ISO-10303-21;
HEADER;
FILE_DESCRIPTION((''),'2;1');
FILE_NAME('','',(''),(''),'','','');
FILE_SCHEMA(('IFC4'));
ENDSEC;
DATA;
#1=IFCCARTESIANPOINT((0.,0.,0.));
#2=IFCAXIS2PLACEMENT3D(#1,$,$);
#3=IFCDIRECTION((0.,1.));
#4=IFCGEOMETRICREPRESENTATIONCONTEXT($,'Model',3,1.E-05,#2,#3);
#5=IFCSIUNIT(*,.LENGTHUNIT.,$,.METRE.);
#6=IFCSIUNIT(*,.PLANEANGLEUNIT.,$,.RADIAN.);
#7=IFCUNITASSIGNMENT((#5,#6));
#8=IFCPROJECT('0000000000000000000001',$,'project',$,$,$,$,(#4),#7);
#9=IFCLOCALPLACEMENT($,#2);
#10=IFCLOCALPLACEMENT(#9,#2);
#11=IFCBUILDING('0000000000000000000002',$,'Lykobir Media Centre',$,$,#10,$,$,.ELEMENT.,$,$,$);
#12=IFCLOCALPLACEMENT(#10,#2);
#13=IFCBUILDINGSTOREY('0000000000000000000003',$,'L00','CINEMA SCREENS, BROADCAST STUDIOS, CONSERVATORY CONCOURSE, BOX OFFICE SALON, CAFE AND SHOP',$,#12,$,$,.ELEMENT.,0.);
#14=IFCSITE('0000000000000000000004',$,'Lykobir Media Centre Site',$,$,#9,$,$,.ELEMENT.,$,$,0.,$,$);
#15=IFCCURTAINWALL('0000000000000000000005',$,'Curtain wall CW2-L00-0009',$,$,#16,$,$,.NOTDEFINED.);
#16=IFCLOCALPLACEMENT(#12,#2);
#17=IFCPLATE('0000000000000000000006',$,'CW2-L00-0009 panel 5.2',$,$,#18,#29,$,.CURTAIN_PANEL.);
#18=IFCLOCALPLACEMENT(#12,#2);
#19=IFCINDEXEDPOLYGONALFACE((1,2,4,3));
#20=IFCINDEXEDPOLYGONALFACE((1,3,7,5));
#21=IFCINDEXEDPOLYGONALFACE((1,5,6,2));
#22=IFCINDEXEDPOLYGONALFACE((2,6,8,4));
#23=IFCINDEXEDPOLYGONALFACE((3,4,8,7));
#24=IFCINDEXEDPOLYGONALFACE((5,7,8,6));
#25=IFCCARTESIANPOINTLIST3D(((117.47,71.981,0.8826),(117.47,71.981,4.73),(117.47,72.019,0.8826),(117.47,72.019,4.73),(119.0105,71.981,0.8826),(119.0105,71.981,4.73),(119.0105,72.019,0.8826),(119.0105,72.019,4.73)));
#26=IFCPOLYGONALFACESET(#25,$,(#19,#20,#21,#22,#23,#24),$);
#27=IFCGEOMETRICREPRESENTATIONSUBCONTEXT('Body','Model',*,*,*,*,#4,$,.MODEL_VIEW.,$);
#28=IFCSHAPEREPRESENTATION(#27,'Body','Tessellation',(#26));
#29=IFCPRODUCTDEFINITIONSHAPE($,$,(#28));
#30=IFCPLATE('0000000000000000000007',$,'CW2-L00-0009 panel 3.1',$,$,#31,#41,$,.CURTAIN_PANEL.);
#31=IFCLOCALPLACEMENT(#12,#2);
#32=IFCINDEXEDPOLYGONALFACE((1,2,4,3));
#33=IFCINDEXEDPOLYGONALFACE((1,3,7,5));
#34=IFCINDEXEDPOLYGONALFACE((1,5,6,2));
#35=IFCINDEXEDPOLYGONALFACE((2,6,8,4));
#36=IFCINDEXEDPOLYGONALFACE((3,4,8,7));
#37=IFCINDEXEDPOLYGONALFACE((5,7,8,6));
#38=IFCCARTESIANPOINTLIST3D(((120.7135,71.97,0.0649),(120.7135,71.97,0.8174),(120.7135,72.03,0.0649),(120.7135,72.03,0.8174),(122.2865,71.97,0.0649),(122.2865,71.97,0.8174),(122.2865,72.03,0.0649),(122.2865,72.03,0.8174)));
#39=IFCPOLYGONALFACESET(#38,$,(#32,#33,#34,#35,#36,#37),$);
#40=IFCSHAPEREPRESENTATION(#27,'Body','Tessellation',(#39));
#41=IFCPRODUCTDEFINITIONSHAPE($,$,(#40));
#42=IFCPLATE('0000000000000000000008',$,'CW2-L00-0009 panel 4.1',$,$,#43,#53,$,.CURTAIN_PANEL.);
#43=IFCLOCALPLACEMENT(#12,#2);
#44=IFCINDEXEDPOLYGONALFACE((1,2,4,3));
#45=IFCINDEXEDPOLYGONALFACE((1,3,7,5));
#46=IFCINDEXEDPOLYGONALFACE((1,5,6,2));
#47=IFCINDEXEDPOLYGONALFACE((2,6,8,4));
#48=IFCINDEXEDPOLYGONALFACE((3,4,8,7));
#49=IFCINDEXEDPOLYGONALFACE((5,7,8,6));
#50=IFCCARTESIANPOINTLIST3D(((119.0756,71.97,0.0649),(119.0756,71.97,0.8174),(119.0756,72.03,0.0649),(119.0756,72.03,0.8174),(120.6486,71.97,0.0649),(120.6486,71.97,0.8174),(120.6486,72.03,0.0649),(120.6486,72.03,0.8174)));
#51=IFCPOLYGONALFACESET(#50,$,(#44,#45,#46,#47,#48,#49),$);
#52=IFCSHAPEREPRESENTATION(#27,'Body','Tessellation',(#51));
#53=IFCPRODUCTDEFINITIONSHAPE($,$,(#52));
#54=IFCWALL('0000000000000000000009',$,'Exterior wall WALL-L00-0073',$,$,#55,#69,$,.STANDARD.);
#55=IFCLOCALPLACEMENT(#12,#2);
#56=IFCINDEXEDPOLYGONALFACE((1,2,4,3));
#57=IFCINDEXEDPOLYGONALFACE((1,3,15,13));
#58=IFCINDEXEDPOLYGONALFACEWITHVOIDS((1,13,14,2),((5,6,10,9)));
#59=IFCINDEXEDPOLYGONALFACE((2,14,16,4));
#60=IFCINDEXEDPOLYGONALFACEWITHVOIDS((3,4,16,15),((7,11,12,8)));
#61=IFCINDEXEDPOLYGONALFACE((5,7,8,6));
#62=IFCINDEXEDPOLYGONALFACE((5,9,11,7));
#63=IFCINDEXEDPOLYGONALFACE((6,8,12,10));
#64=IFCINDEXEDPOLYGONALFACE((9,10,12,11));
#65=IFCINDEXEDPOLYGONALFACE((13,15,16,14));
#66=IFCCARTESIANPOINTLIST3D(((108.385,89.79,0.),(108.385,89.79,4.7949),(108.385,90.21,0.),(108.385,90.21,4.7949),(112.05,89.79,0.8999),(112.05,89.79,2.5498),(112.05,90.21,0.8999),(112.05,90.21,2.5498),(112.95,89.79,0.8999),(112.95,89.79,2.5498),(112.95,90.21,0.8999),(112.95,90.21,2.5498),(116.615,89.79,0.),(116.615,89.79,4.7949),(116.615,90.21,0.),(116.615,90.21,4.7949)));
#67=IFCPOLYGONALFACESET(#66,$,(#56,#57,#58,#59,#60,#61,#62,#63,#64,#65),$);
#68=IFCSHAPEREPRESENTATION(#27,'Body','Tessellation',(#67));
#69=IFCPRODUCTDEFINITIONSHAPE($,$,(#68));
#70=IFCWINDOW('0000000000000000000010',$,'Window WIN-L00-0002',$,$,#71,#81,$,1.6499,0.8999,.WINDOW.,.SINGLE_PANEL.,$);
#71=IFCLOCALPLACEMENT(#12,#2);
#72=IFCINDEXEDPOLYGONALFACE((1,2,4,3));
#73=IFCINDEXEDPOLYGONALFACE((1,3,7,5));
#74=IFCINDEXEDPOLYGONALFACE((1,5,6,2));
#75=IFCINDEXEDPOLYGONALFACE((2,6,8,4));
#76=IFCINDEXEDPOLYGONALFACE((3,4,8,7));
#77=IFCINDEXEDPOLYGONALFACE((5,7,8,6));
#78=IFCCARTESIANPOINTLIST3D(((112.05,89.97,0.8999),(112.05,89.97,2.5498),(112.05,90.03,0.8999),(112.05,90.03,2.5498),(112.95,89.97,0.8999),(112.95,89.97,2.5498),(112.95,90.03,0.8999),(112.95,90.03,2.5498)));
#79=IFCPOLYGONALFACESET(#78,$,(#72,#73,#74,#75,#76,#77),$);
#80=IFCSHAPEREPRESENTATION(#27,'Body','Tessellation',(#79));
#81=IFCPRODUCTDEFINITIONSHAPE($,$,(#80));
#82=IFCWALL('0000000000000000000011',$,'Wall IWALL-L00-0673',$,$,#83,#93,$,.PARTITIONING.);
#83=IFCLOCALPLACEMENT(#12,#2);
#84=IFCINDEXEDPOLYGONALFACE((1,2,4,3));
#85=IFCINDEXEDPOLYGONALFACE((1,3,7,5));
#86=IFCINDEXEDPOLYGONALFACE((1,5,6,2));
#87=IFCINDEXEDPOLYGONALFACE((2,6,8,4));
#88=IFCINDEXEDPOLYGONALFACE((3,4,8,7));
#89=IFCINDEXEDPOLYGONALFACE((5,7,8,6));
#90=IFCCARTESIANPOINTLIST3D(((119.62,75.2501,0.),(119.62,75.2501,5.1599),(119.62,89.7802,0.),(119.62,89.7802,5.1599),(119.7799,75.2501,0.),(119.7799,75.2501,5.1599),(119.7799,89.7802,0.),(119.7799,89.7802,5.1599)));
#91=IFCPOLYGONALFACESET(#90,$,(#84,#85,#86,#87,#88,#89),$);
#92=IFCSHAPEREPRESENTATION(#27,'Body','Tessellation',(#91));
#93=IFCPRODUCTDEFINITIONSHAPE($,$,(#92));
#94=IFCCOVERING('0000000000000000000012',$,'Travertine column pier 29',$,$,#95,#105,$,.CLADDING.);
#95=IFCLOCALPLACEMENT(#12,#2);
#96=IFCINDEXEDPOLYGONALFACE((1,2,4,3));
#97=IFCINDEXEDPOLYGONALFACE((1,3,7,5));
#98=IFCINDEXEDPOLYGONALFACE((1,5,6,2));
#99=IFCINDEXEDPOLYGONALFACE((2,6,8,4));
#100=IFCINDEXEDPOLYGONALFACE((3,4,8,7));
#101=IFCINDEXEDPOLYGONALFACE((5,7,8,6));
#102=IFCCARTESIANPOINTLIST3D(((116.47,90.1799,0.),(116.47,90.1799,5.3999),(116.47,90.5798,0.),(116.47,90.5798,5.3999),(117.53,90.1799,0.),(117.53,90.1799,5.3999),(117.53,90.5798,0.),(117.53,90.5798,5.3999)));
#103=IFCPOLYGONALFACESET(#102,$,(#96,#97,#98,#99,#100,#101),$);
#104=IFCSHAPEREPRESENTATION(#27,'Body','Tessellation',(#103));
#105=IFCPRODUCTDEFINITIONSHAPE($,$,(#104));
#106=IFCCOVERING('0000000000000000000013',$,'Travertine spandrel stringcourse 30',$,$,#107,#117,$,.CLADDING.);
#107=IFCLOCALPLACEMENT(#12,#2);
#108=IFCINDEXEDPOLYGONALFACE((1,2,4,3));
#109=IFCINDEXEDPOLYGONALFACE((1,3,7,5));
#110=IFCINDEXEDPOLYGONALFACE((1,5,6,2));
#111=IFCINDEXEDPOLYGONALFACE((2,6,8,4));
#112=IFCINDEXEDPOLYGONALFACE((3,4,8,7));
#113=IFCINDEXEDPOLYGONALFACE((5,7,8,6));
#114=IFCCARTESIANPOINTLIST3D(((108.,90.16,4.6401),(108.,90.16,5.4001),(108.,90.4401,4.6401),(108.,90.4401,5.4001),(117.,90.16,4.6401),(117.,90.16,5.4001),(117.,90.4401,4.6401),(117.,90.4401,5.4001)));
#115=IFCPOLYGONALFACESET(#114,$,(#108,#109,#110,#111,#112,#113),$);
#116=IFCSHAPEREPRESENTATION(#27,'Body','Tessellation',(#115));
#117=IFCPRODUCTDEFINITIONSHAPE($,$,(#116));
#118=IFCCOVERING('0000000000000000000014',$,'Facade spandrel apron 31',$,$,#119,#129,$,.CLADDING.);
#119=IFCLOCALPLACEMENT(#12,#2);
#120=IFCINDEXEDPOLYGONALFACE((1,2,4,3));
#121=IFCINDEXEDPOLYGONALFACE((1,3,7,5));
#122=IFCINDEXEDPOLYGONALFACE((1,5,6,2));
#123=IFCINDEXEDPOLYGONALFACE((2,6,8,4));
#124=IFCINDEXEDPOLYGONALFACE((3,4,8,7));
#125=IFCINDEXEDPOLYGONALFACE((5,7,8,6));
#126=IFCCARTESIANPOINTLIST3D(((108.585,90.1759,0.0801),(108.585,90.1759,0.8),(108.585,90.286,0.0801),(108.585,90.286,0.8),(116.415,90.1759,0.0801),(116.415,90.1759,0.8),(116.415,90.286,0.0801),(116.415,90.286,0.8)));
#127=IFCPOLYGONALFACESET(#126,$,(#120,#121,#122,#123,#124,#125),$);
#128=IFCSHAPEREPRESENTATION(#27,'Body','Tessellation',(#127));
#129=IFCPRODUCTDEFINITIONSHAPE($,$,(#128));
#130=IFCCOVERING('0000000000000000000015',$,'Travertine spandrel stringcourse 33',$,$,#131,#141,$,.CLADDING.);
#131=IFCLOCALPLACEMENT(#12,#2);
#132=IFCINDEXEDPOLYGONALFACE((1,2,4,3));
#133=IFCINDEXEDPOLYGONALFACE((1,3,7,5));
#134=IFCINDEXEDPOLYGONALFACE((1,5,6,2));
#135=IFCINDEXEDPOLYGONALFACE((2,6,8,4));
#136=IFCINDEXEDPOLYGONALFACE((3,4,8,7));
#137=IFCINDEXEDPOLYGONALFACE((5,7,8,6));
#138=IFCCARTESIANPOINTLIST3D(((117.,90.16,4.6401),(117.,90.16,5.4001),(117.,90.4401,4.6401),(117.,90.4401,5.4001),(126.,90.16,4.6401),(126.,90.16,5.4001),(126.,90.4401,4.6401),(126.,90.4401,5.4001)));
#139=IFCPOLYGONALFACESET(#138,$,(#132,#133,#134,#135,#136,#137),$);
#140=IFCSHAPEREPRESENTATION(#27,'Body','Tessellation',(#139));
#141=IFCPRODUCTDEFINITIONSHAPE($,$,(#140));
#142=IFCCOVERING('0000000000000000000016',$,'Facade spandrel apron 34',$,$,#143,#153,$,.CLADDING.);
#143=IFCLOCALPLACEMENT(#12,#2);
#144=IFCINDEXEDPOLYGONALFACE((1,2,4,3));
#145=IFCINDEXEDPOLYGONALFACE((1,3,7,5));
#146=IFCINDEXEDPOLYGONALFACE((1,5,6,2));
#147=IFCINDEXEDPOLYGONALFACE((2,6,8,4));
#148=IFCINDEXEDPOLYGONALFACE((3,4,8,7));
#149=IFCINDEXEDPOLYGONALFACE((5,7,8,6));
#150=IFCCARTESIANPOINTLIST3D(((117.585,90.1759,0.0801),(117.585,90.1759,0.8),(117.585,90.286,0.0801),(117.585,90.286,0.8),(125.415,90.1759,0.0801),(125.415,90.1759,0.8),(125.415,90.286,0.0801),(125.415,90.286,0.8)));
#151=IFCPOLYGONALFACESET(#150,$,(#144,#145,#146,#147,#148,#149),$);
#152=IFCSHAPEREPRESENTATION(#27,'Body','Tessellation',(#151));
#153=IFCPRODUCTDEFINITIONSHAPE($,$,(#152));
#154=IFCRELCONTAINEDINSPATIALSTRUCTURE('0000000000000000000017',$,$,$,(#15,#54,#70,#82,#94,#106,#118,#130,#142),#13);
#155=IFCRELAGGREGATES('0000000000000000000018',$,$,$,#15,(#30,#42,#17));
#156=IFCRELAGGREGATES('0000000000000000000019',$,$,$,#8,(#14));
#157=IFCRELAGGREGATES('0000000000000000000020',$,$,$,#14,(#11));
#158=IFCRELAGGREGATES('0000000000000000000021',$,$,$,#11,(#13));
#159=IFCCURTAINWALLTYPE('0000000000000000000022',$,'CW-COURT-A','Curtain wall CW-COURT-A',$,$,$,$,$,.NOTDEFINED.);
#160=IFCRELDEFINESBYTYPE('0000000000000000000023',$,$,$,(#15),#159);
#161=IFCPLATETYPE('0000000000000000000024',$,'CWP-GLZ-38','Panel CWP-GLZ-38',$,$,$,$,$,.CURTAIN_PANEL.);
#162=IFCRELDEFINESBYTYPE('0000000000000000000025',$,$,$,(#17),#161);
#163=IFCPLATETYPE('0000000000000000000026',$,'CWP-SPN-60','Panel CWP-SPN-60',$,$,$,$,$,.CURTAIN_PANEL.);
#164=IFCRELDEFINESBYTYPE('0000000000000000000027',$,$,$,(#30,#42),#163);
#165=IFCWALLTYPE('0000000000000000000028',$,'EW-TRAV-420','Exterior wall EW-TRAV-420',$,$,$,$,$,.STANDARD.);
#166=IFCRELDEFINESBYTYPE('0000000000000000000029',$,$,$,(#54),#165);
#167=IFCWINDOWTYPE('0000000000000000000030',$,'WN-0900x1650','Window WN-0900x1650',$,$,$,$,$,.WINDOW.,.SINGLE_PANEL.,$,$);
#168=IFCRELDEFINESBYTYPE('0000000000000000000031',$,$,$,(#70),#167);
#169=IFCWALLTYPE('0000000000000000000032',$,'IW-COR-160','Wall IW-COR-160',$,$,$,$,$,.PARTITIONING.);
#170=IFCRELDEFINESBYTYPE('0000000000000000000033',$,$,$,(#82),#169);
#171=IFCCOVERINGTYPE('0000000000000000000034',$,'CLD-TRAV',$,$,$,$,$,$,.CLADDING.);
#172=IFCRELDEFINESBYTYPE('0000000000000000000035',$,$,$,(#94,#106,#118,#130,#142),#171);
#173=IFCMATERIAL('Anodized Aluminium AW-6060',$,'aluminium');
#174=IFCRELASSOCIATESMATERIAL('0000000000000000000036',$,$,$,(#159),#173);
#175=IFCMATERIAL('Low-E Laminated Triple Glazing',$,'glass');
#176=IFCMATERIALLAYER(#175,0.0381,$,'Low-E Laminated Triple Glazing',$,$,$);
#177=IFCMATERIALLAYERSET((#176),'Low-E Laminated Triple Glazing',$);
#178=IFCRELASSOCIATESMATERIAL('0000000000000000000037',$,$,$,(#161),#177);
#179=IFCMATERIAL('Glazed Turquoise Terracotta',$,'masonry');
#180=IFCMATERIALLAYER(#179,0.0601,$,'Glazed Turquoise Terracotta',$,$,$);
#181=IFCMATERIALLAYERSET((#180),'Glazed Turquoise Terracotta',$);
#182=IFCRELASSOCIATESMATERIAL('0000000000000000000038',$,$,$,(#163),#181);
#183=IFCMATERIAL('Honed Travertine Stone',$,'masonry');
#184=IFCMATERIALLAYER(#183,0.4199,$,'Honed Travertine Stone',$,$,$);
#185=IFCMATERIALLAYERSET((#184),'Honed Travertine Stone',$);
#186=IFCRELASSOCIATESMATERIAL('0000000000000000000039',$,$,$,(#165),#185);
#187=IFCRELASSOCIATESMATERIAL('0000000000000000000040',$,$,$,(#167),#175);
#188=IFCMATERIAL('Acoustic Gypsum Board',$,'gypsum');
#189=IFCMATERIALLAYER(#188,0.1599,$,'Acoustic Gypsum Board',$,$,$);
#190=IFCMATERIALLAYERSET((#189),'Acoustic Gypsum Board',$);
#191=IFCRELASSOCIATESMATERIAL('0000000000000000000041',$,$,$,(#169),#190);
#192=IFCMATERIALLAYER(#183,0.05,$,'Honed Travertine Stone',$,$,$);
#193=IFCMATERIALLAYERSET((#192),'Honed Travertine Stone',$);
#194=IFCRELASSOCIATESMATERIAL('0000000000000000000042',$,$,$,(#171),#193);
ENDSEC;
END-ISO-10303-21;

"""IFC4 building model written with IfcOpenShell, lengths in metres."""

from ifc_helpers import new_model, si_unit, direction, frame, frame_2d, origin, origin_2d, place, context, subcontext, project, spatial, rectangle, extrude, material, layer, layer_set, type_object, element, fill, aggregate, save


model = new_model("IFC4")

# Units and contexts
model_context = context("Model", 3, precision=1e-05, world=origin(), true_north=direction((0.0, 1.0)))
body_context = subcontext(model_context, "Body", "Model", "MODEL_VIEW")
ifc_project = project(units=[si_unit("LENGTHUNIT", "METRE"), si_unit("PLANEANGLEUNIT", "RADIAN")], contexts=[model_context])

# Site, building, storey
site_placement = place(None, origin())
site = spatial("IfcSite", under=ifc_project, at=site_placement, Name="Lykobir Media Centre Site", CompositionType="ELEMENT", RefElevation=0.0)
building_placement = place(site_placement, origin())
building = spatial("IfcBuilding", under=site, at=building_placement, Name="Lykobir Media Centre", CompositionType="ELEMENT")
storey_placement = place(building_placement, origin())
storey = spatial("IfcBuildingStorey", under=building, at=storey_placement, Name="L00", Description="CINEMA SCREENS, BROADCAST STUDIOS, CONSERVATORY CONCOURSE, BOX OFFICE SALON, CAFE AND SHOP", CompositionType="ELEMENT", Elevation=0.0)

# Curtain wall
ifc_material_1 = material(Name="Anodized Aluminium AW-6060", Category="aluminium")
curtain_wall_type = type_object("IfcCurtainWallType", Name="CW-COURT-A", Description="Curtain wall CW-COURT-A", PredefinedType="NOTDEFINED", material=ifc_material_1)
curtain_wall_placement = place(storey_placement, origin())
curtain_wall = element("IfcCurtainWall", 1, at=curtain_wall_placement, inside=storey, type_object=curtain_wall_type, Name="Curtain wall CW2-L00-0009", PredefinedType="NOTDEFINED")

# Plates
ifc_material_2 = material(Name="Low-E Laminated Triple Glazing", Category="glass")
ifc_layer_1 = layer(ifc_material_2, 0.0381, Name="Low-E Laminated Triple Glazing")
ifc_layer_set_1 = layer_set([ifc_layer_1], Name="Low-E Laminated Triple Glazing")
plate_type_1 = type_object("IfcPlateType", Name="CWP-GLZ-38", Description="Panel CWP-GLZ-38", PredefinedType="CURTAIN_PANEL", material=ifc_layer_set_1)
plate_1_placement = place(storey_placement, frame((118.2402, 72.0, 0.8826), z_axis=(0.0, 0.0, 1.0), x_axis=(-1.0, 0.0, 0.0)))
plate_1 = element("IfcPlate", 2, at=plate_1_placement, type_object=plate_type_1, Name="CW2-L00-0009 panel 5.2", PredefinedType="CURTAIN_PANEL", context=body_context, shape_type="SweptSolid", body=[
    extrude(rectangle(XDim=1.5405, YDim=0.0381, at=origin_2d()), origin(), (0.0, 0.0, 1.0), 3.8474),
])
ifc_material_3 = material(Name="Glazed Turquoise Terracotta", Category="masonry")
ifc_layer_2 = layer(ifc_material_3, 0.0601, Name="Glazed Turquoise Terracotta")
ifc_layer_set_2 = layer_set([ifc_layer_2], Name="Glazed Turquoise Terracotta")
plate_type_2 = type_object("IfcPlateType", Name="CWP-SPN-60", Description="Panel CWP-SPN-60", PredefinedType="CURTAIN_PANEL", material=ifc_layer_set_2)
plate_2_placement = place(storey_placement, frame((121.5, 72.0, 0.0649), z_axis=(0.0, 0.0, 1.0), x_axis=(-1.0, 0.0, 0.0)))
plate_2 = element("IfcPlate", 3, at=plate_2_placement, type_object=plate_type_2, Name="CW2-L00-0009 panel 3.1", PredefinedType="CURTAIN_PANEL", context=body_context, shape_type="SweptSolid", body=[
    extrude(rectangle(XDim=1.573, YDim=0.0601, at=origin_2d()), origin(), (0.0, 0.0, 1.0), 0.7524),
])
plate_3_placement = place(storey_placement, frame((119.8621, 72.0, 0.0649), z_axis=(0.0, 0.0, 1.0), x_axis=(-1.0, 0.0, 0.0)))
plate_3 = element("IfcPlate", 4, at=plate_3_placement, type_object=plate_type_2, Name="CW2-L00-0009 panel 4.1", PredefinedType="CURTAIN_PANEL", context=body_context, shape_type="SweptSolid", body=[
    extrude(rectangle(XDim=1.573, YDim=0.0601, at=origin_2d()), origin(), (0.0, 0.0, 1.0), 0.7524),
])
aggregate(curtain_wall, [plate_2, plate_3, plate_1])

# Wall, opening, window
ifc_material_4 = material(Name="Honed Travertine Stone", Category="masonry")
ifc_layer_3 = layer(ifc_material_4, 0.4199, Name="Honed Travertine Stone")
ifc_layer_set_3 = layer_set([ifc_layer_3], Name="Honed Travertine Stone")
wall_type_1 = type_object("IfcWallType", Name="EW-TRAV-420", Description="Exterior wall EW-TRAV-420", PredefinedType="STANDARD", material=ifc_layer_set_3)
wall_1_placement = place(storey_placement, frame((116.615, 90.0, 0.0), z_axis=(0.0, 0.0, 1.0), x_axis=(-1.0, 0.0, 0.0)))
wall_1 = element("IfcWall", 5, at=wall_1_placement, inside=storey, type_object=wall_type_1, Name="Exterior wall WALL-L00-0073", PredefinedType="STANDARD", context=body_context, shape_type="SweptSolid", body=[
    extrude(rectangle(XDim=8.23, YDim=0.4199, at=frame_2d((4.115, 0.0))), origin(), (0.0, 0.0, 1.0), 4.7949),
])
opening_placement = place(wall_1_placement, frame((3.665, 0.0, 0.8999)))
opening = element("IfcOpeningElement", 6, at=opening_placement, cuts=wall_1, PredefinedType="OPENING", context=body_context, shape_type="SweptSolid", body=[
    extrude(rectangle(XDim=0.8999, YDim=1.6499, at=frame_2d((0.45, 0.825))), frame((0.0, 0.22, 0.0), z_axis=(0.0, -1.0, 0.0), x_axis=(1.0, 0.0, 0.0)), (0.0, 0.0, 1.0), 0.4399),
])
window_type = type_object("IfcWindowType", Name="WN-0900x1650", Description="Window WN-0900x1650", PartitioningType="SINGLE_PANEL", PredefinedType="WINDOW", material=ifc_material_2)
window_placement = place(opening_placement, origin())
window = element("IfcWindow", 7, at=window_placement, inside=storey, type_object=window_type, Name="Window WIN-L00-0002", OverallHeight=1.6499, OverallWidth=0.8999, PartitioningType="SINGLE_PANEL", PredefinedType="WINDOW", context=body_context, shape_type="SweptSolid", body=[
    extrude(rectangle(XDim=0.8999, YDim=1.6499, at=frame_2d((0.45, 0.825))), frame((0.0, 0.03, 0.0), z_axis=(0.0, -1.0, 0.0), x_axis=(1.0, 0.0, 0.0)), (0.0, 0.0, 1.0), 0.0601),
])
fill(opening, window)

# Wall
ifc_material_5 = material(Name="Acoustic Gypsum Board", Category="gypsum")
ifc_layer_4 = layer(ifc_material_5, 0.1599, Name="Acoustic Gypsum Board")
ifc_layer_set_4 = layer_set([ifc_layer_4], Name="Acoustic Gypsum Board")
wall_type_2 = type_object("IfcWallType", Name="IW-COR-160", Description="Wall IW-COR-160", PredefinedType="PARTITIONING", material=ifc_layer_set_4)
wall_2_placement = place(storey_placement, frame((119.7, 75.25, 0.0), z_axis=(0.0, 0.0, 1.0), x_axis=(0.0, 1.0, 0.0)))
element("IfcWall", 8, at=wall_2_placement, inside=storey, type_object=wall_type_2, Name="Wall IWALL-L00-0673", PredefinedType="PARTITIONING", context=body_context, shape_type="SweptSolid", body=[
    extrude(rectangle(XDim=14.53, YDim=0.1599, at=frame_2d((7.2651, 0.0))), origin(), (0.0, 0.0, 1.0), 5.1599),
])

# Coverings
ifc_layer_5 = layer(ifc_material_4, 0.05, Name="Honed Travertine Stone")
ifc_layer_set_5 = layer_set([ifc_layer_5], Name="Honed Travertine Stone")
covering_type = type_object("IfcCoveringType", Name="CLD-TRAV", PredefinedType="CLADDING", material=ifc_layer_set_5)
covering_1_placement = place(storey_placement, frame((117.0, 90.3799, 0.0), z_axis=(0.0, 0.0, 1.0), x_axis=(-1.0, 0.0, 0.0)))
element("IfcCovering", 9, at=covering_1_placement, inside=storey, type_object=covering_type, Name="Travertine column pier 29", PredefinedType="CLADDING", context=body_context, shape_type="SweptSolid", body=[
    extrude(rectangle(XDim=1.0601, YDim=0.3999, at=origin_2d()), origin(), (0.0, 0.0, 1.0), 5.3999),
])
covering_2_placement = place(storey_placement, frame((112.5, 90.3, 4.6401), z_axis=(0.0, 0.0, 1.0), x_axis=(-1.0, 0.0, 0.0)))
element("IfcCovering", 10, at=covering_2_placement, inside=storey, type_object=covering_type, Name="Travertine spandrel stringcourse 30", PredefinedType="CLADDING", context=body_context, shape_type="SweptSolid", body=[
    extrude(rectangle(XDim=9.0, YDim=0.28, at=origin_2d()), origin(), (0.0, 0.0, 1.0), 0.76),
])
covering_3_placement = place(storey_placement, frame((112.5, 90.231, 0.0801), z_axis=(0.0, 0.0, 1.0), x_axis=(-1.0, 0.0, 0.0)))
element("IfcCovering", 11, at=covering_3_placement, inside=storey, type_object=covering_type, Name="Facade spandrel apron 31", PredefinedType="CLADDING", context=body_context, shape_type="SweptSolid", body=[
    extrude(rectangle(XDim=7.8301, YDim=0.1101, at=origin_2d()), origin(), (0.0, 0.0, 1.0), 0.72),
])
covering_4_placement = place(storey_placement, frame((121.5, 90.3, 4.6401), z_axis=(0.0, 0.0, 1.0), x_axis=(-1.0, 0.0, 0.0)))
element("IfcCovering", 12, at=covering_4_placement, inside=storey, type_object=covering_type, Name="Travertine spandrel stringcourse 33", PredefinedType="CLADDING", context=body_context, shape_type="SweptSolid", body=[
    extrude(rectangle(XDim=9.0, YDim=0.28, at=origin_2d()), origin(), (0.0, 0.0, 1.0), 0.76),
])
covering_5_placement = place(storey_placement, frame((121.5, 90.231, 0.0801), z_axis=(0.0, 0.0, 1.0), x_axis=(-1.0, 0.0, 0.0)))
element("IfcCovering", 13, at=covering_5_placement, inside=storey, type_object=covering_type, Name="Facade spandrel apron 34", PredefinedType="CLADDING", context=body_context, shape_type="SweptSolid", body=[
    extrude(rectangle(XDim=7.8301, YDim=0.1101, at=origin_2d()), origin(), (0.0, 0.0, 1.0), 0.72),
])

save(model, "model.ifc")
